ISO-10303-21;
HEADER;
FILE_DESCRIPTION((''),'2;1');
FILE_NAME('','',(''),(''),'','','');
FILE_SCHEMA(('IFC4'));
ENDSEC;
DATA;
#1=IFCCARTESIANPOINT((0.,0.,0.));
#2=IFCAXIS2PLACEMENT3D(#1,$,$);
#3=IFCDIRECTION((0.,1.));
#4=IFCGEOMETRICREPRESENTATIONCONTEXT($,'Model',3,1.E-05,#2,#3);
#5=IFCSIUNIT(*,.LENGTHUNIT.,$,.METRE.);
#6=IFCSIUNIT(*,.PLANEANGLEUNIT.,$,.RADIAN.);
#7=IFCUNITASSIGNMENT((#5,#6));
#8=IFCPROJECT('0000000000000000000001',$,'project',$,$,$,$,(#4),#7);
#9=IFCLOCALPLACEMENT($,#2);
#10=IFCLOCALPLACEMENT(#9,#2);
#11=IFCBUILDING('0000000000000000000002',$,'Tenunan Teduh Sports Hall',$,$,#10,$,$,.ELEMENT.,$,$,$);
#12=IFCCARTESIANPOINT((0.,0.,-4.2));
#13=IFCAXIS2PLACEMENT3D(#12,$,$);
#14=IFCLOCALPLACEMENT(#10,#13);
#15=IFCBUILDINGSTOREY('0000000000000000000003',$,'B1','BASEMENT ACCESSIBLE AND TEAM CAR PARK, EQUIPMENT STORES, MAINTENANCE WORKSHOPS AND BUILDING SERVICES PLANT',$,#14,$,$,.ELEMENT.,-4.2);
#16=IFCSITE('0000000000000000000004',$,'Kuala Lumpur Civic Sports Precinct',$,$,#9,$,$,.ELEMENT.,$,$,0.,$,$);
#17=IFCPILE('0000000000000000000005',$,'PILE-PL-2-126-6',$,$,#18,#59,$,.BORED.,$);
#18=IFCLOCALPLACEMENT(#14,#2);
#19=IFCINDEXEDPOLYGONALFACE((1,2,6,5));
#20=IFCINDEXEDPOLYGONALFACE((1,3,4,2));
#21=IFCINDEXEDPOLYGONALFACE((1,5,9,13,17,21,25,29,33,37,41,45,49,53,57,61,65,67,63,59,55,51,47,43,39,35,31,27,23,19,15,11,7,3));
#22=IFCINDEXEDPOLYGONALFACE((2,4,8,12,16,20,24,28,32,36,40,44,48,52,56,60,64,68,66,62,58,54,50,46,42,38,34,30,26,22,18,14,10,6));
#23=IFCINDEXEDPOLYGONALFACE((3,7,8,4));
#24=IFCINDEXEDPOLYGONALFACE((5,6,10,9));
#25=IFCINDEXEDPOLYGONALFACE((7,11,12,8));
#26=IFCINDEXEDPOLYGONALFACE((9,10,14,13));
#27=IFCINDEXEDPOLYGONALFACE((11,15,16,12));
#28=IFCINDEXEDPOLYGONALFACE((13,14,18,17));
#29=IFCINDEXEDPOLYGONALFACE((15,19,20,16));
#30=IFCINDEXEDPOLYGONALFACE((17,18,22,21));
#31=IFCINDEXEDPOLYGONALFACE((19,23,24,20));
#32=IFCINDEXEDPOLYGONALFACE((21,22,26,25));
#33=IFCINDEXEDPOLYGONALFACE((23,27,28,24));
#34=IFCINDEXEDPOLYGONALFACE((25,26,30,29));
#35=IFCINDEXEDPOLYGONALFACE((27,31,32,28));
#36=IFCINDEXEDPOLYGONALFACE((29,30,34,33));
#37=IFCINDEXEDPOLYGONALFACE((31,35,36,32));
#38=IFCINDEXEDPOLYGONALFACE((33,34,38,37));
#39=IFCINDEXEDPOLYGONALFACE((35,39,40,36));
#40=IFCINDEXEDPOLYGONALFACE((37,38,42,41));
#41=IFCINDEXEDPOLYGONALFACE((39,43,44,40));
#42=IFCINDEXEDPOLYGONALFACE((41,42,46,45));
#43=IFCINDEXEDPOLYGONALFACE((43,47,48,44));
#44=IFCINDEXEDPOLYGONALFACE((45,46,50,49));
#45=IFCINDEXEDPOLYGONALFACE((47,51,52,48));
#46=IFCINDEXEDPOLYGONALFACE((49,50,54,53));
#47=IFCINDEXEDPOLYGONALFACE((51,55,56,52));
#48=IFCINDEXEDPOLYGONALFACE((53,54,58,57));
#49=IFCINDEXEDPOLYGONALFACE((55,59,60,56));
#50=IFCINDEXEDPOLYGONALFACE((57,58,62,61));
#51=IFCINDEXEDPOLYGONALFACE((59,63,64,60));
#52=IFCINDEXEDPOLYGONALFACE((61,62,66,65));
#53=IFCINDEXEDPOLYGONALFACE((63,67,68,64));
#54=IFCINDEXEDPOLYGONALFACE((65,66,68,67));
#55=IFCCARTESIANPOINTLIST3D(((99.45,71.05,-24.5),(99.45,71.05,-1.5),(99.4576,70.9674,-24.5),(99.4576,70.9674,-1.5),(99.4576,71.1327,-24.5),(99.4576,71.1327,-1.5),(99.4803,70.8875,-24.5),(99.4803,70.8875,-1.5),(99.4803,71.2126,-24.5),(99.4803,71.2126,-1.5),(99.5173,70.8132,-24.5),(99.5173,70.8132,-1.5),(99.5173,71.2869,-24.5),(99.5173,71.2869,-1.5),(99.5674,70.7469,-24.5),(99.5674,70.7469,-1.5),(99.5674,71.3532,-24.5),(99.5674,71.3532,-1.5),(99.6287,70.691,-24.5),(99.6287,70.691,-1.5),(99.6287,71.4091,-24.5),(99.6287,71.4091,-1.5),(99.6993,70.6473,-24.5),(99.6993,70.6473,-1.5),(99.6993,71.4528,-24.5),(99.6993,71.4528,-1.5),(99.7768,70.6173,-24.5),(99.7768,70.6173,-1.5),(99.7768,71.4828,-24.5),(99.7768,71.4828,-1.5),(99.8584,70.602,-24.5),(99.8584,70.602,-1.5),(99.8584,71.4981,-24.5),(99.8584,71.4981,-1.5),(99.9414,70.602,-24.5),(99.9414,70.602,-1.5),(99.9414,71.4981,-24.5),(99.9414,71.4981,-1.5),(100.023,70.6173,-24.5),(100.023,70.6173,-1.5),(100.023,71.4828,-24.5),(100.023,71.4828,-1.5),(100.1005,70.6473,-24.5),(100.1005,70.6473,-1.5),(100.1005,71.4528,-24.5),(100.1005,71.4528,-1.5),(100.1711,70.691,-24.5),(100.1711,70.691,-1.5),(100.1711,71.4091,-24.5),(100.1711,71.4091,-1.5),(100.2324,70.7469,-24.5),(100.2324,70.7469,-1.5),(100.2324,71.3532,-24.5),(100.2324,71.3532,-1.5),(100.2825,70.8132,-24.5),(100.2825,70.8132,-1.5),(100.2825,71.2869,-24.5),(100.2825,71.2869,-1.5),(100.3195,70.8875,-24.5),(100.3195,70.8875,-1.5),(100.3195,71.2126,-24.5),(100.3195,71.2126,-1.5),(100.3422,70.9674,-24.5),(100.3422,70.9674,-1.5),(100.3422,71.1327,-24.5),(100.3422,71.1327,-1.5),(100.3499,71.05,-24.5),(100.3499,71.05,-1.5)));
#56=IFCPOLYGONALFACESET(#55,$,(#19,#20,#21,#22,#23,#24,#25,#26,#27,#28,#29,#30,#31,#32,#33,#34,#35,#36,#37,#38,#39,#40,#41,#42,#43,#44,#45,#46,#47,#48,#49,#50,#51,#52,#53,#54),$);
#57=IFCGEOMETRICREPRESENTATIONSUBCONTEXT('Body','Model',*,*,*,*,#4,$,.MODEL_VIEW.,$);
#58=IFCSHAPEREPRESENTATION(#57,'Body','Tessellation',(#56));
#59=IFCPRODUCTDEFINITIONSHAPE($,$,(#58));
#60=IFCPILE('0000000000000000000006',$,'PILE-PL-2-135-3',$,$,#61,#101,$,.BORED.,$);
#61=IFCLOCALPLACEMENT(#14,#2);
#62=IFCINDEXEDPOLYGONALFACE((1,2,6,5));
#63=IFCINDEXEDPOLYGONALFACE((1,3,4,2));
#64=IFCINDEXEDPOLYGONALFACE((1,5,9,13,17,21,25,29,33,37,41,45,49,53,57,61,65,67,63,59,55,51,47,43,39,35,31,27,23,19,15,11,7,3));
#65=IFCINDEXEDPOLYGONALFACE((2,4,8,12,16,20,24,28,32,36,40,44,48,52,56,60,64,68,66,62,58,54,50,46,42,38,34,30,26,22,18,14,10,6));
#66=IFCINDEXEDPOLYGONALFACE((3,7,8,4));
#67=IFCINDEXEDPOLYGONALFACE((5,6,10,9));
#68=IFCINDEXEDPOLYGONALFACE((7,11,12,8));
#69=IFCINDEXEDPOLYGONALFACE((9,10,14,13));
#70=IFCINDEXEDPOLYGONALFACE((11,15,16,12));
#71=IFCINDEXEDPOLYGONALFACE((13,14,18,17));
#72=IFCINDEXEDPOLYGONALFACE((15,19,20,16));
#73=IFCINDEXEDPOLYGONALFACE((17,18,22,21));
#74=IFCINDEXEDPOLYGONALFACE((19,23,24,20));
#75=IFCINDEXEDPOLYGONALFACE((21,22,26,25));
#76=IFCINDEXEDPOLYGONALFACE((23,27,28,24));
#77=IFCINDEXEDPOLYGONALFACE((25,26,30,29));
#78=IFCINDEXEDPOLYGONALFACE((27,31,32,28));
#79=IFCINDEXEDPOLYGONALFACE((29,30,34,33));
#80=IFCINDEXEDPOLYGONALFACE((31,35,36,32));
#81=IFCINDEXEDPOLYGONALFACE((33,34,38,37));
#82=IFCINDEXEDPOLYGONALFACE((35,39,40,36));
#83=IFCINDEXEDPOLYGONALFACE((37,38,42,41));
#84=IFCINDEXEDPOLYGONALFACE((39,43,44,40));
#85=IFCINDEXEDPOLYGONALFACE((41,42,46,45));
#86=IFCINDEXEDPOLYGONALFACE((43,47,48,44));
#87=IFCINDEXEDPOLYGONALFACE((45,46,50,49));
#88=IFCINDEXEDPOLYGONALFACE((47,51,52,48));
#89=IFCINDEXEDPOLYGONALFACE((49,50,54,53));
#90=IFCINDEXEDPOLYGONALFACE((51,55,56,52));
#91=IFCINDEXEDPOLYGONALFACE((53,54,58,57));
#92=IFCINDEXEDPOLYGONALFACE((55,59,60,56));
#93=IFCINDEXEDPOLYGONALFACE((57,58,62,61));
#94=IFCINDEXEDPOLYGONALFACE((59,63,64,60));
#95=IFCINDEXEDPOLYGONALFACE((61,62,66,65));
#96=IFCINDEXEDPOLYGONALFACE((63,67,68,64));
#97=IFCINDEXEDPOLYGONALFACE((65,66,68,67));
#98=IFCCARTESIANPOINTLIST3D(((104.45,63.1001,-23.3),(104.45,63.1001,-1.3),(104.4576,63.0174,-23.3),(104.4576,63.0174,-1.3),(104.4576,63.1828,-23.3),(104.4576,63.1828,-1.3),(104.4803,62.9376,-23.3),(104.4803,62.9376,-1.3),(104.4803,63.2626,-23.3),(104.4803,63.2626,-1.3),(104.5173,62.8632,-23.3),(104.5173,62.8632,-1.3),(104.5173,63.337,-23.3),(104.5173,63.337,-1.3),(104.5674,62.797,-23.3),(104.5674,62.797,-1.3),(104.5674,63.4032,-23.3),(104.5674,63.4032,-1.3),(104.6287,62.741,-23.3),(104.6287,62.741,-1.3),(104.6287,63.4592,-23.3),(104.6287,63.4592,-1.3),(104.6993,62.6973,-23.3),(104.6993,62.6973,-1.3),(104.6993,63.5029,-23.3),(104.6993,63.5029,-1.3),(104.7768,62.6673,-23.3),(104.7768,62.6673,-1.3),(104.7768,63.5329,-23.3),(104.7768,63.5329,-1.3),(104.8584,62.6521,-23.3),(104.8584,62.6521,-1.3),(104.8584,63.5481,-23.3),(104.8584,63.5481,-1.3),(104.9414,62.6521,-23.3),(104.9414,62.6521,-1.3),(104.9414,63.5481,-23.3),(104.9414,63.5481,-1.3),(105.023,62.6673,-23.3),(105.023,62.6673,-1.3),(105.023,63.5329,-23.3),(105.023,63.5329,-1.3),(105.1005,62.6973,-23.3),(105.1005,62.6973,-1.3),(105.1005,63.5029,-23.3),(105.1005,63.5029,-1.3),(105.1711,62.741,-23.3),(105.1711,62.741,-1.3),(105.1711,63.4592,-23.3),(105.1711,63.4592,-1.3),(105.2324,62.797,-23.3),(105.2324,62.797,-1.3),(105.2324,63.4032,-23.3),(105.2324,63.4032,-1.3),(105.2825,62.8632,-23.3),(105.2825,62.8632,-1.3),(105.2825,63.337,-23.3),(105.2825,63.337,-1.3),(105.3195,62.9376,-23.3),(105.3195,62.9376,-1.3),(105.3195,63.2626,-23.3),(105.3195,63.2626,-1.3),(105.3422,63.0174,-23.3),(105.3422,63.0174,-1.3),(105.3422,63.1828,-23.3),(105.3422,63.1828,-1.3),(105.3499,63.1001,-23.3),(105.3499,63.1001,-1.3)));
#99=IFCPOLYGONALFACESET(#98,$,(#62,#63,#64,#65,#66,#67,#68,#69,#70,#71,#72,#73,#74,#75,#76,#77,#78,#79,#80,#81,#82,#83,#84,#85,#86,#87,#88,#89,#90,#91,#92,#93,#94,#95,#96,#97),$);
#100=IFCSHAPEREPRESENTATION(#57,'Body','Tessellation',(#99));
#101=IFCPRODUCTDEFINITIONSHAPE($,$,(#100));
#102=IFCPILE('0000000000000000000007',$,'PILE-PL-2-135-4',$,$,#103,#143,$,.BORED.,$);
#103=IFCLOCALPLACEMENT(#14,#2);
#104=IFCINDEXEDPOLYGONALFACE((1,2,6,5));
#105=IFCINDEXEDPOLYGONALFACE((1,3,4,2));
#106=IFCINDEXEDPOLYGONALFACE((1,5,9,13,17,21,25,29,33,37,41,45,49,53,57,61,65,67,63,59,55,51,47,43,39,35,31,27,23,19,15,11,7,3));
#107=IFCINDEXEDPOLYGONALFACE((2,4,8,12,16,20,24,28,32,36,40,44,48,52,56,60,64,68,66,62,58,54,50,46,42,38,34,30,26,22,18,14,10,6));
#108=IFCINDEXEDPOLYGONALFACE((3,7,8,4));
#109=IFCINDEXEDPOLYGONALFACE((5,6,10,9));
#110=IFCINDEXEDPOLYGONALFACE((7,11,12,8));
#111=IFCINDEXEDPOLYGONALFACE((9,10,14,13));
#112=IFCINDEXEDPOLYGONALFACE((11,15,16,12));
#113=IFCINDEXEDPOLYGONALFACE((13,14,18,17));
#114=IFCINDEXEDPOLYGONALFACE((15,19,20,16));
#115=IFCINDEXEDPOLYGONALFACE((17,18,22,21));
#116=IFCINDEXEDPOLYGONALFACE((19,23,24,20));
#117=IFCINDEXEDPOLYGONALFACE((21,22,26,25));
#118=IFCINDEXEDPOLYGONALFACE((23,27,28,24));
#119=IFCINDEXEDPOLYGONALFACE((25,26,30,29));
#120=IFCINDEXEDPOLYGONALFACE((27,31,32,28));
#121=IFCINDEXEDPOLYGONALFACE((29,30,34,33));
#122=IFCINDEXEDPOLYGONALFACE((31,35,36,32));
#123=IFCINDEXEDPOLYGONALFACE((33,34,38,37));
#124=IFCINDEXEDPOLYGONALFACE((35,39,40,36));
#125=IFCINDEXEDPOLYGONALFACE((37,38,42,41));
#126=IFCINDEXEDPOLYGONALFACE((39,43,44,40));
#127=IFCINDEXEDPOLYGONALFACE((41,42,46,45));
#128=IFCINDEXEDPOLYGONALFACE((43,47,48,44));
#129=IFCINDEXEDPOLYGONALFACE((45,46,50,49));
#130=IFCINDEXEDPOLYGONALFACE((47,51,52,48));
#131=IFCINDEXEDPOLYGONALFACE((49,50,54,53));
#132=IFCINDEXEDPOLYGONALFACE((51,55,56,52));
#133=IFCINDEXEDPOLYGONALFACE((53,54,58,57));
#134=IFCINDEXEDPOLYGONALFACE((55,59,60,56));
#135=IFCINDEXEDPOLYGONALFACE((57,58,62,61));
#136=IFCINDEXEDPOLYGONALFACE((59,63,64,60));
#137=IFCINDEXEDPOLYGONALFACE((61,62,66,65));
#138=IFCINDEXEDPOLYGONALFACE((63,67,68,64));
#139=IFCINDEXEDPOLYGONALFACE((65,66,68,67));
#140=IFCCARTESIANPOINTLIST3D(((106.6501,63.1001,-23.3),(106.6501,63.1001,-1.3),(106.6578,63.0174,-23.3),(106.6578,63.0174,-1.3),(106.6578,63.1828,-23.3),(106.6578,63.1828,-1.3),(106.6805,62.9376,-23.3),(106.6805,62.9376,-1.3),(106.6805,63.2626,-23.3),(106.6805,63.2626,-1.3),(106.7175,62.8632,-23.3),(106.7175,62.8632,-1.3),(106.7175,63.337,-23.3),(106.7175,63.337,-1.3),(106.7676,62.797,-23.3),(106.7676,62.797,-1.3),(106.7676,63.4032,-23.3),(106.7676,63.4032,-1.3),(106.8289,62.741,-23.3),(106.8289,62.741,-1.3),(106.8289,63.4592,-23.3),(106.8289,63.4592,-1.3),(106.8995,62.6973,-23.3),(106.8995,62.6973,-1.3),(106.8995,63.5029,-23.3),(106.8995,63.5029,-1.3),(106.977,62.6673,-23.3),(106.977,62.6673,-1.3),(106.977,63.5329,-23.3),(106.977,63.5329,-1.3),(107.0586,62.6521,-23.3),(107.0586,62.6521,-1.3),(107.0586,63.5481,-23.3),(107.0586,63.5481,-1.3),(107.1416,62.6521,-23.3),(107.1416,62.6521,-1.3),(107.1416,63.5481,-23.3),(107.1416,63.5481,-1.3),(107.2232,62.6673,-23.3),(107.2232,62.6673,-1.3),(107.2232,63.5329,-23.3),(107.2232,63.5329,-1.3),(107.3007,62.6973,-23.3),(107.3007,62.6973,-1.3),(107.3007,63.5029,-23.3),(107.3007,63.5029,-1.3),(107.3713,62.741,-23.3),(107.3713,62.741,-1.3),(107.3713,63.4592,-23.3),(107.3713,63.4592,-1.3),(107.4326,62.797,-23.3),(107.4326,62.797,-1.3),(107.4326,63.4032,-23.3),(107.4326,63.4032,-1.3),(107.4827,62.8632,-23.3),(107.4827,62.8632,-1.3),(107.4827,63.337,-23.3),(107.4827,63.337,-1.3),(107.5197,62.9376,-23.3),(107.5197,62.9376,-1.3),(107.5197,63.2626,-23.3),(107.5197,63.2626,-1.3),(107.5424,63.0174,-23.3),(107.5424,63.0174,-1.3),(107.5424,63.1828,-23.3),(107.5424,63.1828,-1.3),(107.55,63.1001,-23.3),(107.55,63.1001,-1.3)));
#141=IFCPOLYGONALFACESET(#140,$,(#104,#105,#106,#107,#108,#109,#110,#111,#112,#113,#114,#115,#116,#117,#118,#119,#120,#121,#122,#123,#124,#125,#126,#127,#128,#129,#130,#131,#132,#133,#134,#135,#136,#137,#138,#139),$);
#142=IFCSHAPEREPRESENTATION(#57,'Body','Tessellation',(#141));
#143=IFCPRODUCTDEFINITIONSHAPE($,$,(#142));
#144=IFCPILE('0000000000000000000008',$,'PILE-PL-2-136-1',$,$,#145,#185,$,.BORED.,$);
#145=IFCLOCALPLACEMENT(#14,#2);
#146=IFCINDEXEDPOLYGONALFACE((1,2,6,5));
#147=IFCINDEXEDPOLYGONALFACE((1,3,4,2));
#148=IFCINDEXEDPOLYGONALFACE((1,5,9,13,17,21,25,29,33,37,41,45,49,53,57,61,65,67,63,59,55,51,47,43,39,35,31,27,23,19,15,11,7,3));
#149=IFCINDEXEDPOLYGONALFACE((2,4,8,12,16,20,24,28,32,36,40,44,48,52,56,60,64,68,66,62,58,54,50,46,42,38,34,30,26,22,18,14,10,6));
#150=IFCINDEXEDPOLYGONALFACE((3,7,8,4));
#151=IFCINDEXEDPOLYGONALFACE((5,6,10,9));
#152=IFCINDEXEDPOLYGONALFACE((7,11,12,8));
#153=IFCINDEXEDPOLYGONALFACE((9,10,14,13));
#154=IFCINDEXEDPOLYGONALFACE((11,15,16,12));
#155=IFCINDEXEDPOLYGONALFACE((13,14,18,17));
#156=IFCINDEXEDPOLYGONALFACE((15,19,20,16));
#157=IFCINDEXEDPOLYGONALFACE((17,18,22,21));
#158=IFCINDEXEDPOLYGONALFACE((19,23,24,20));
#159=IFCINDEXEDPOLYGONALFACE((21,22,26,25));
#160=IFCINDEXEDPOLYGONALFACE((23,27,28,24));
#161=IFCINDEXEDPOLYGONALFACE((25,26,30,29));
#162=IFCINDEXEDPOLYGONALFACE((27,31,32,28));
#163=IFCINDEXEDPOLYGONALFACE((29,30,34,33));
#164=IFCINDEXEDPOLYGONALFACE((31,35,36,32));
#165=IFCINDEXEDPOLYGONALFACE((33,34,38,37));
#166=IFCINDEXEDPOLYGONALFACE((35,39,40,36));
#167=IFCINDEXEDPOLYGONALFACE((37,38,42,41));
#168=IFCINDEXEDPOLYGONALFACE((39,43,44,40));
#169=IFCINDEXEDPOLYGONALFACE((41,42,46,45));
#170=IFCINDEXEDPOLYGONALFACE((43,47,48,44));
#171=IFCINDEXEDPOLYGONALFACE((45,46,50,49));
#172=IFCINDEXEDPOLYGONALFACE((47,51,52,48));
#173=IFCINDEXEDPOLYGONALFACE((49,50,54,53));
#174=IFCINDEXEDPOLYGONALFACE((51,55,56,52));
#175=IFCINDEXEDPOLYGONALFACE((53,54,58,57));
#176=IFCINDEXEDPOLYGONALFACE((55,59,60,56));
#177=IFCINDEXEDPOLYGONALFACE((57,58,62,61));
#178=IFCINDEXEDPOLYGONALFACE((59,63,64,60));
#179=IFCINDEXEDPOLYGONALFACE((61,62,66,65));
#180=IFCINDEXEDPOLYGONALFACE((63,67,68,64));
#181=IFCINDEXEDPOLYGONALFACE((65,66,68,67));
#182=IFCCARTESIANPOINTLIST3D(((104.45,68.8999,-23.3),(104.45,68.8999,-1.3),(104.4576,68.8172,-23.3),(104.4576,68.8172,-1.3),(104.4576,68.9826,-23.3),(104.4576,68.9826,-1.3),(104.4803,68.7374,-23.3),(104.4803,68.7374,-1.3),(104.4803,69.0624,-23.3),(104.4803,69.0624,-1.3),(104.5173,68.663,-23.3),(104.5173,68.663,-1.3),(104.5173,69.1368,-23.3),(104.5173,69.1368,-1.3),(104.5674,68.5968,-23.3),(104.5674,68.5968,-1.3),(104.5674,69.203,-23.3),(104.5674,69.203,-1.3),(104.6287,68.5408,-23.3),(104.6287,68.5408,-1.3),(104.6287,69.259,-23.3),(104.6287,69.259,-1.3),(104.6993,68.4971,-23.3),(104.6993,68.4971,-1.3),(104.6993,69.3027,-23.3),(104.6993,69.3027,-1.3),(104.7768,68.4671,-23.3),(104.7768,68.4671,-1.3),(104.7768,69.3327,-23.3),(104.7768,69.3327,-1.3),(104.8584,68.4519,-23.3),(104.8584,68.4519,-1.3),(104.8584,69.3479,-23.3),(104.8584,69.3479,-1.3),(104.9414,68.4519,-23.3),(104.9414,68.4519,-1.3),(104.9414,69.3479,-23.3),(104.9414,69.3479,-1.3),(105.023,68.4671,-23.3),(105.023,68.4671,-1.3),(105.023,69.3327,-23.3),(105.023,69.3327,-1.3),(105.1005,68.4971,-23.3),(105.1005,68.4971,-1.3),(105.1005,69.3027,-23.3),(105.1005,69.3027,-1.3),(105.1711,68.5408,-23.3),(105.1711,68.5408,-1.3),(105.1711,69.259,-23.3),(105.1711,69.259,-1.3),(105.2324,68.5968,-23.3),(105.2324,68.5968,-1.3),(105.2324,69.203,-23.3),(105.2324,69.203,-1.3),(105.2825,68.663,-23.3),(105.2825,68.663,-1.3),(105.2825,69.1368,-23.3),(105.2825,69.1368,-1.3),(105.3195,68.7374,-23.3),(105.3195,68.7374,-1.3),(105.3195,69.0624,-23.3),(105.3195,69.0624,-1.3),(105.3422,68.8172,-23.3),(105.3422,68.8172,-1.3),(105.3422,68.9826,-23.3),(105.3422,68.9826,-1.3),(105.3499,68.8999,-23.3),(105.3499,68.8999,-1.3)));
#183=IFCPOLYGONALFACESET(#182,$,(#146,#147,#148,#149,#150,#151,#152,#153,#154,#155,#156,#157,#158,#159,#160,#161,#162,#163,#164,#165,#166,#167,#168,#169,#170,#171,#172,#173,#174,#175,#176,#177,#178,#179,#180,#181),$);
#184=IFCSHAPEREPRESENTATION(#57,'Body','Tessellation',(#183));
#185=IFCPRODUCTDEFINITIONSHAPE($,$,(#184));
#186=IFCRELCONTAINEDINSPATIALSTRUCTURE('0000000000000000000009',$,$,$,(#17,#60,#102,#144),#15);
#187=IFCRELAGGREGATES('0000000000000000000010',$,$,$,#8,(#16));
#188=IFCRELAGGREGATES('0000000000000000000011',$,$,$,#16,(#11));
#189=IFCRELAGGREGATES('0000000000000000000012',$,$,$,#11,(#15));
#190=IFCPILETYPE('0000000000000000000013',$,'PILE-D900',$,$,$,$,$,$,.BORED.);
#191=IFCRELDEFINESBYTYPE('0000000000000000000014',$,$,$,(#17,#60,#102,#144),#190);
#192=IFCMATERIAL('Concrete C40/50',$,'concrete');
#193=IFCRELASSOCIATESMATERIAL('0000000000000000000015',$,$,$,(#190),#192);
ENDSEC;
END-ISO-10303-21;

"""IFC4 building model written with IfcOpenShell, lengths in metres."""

from ifc_helpers import new_model, si_unit, direction, frame, origin, origin_2d, place, context, subcontext, project, spatial, circle, extrude, material, material_profile, profile_set, type_object, element, save


model = new_model("IFC4")

# Units and contexts
model_context = context("Model", 3, precision=1e-05, world=origin(), true_north=direction((0.0, 1.0)))
body_context = subcontext(model_context, "Body", "Model", "MODEL_VIEW")
ifc_project = project(units=[si_unit("LENGTHUNIT", "METRE"), si_unit("PLANEANGLEUNIT", "RADIAN")], contexts=[model_context])

# Site, building, storey
site_placement = place(None, origin())
site = spatial("IfcSite", under=ifc_project, at=site_placement, Name="Kuala Lumpur Civic Sports Precinct", CompositionType="ELEMENT", RefElevation=0.0)
building_placement = place(site_placement, origin())
building = spatial("IfcBuilding", under=site, at=building_placement, Name="Tenunan Teduh Sports Hall", CompositionType="ELEMENT")
storey_placement = place(building_placement, frame((0.0, 0.0, -4.2)))
storey = spatial("IfcBuildingStorey", under=building, at=storey_placement, Name="B1", Description="BASEMENT ACCESSIBLE AND TEAM CAR PARK, EQUIPMENT STORES, MAINTENANCE WORKSHOPS AND BUILDING SERVICES PLANT", CompositionType="ELEMENT", Elevation=-4.2)

# Piles
ifc_material_1 = material(Name="Concrete C40/50", Category="concrete")
ifc_material_profile_1 = material_profile(ifc_material_1, circle(Radius=0.45, at=origin_2d()), Name="PILE D900")
ifc_profile_set_1 = profile_set([ifc_material_profile_1], Name="Concrete C40/50")
pile_type = type_object("IfcPileType", Name="PILE-D900", PredefinedType="BORED", material=ifc_profile_set_1)
for number, where, z_axis, x_axis, name in (
    (1, (99.8999, 71.05, -1.5), (0.0, 0.0, -1.0), (1.0, 0.0, 0.0), "PILE-PL-2-126-6"),
):
    element("IfcPile", number, at=place(storey_placement, frame(where, z_axis=z_axis, x_axis=x_axis)), inside=storey, type_object=pile_type, Name=name, PredefinedType="BORED", context=body_context, shape_type="SweptSolid", body=[
        extrude(circle(Radius=0.45, at=origin_2d()), origin(), (0.0, 0.0, 1.0), 23.0),
    ])
for number, where, z_axis, x_axis, name in (
    (2, (104.8999, 63.1001, -1.3), (0.0, 0.0, -1.0), (1.0, 0.0, 0.0), "PILE-PL-2-135-3"),
    (3, (107.1001, 63.1001, -1.3), (0.0, 0.0, -1.0), (1.0, 0.0, 0.0), "PILE-PL-2-135-4"),
    (4, (104.8999, 68.8999, -1.3), (0.0, 0.0, -1.0), (1.0, 0.0, 0.0), "PILE-PL-2-136-1"),
):
    element("IfcPile", number, at=place(storey_placement, frame(where, z_axis=z_axis, x_axis=x_axis)), inside=storey, type_object=pile_type, Name=name, PredefinedType="BORED", context=body_context, shape_type="SweptSolid", body=[
        extrude(circle(Radius=0.45, at=origin_2d()), origin(), (0.0, 0.0, 1.0), 22.0),
    ])

save(model, "model.ifc")
